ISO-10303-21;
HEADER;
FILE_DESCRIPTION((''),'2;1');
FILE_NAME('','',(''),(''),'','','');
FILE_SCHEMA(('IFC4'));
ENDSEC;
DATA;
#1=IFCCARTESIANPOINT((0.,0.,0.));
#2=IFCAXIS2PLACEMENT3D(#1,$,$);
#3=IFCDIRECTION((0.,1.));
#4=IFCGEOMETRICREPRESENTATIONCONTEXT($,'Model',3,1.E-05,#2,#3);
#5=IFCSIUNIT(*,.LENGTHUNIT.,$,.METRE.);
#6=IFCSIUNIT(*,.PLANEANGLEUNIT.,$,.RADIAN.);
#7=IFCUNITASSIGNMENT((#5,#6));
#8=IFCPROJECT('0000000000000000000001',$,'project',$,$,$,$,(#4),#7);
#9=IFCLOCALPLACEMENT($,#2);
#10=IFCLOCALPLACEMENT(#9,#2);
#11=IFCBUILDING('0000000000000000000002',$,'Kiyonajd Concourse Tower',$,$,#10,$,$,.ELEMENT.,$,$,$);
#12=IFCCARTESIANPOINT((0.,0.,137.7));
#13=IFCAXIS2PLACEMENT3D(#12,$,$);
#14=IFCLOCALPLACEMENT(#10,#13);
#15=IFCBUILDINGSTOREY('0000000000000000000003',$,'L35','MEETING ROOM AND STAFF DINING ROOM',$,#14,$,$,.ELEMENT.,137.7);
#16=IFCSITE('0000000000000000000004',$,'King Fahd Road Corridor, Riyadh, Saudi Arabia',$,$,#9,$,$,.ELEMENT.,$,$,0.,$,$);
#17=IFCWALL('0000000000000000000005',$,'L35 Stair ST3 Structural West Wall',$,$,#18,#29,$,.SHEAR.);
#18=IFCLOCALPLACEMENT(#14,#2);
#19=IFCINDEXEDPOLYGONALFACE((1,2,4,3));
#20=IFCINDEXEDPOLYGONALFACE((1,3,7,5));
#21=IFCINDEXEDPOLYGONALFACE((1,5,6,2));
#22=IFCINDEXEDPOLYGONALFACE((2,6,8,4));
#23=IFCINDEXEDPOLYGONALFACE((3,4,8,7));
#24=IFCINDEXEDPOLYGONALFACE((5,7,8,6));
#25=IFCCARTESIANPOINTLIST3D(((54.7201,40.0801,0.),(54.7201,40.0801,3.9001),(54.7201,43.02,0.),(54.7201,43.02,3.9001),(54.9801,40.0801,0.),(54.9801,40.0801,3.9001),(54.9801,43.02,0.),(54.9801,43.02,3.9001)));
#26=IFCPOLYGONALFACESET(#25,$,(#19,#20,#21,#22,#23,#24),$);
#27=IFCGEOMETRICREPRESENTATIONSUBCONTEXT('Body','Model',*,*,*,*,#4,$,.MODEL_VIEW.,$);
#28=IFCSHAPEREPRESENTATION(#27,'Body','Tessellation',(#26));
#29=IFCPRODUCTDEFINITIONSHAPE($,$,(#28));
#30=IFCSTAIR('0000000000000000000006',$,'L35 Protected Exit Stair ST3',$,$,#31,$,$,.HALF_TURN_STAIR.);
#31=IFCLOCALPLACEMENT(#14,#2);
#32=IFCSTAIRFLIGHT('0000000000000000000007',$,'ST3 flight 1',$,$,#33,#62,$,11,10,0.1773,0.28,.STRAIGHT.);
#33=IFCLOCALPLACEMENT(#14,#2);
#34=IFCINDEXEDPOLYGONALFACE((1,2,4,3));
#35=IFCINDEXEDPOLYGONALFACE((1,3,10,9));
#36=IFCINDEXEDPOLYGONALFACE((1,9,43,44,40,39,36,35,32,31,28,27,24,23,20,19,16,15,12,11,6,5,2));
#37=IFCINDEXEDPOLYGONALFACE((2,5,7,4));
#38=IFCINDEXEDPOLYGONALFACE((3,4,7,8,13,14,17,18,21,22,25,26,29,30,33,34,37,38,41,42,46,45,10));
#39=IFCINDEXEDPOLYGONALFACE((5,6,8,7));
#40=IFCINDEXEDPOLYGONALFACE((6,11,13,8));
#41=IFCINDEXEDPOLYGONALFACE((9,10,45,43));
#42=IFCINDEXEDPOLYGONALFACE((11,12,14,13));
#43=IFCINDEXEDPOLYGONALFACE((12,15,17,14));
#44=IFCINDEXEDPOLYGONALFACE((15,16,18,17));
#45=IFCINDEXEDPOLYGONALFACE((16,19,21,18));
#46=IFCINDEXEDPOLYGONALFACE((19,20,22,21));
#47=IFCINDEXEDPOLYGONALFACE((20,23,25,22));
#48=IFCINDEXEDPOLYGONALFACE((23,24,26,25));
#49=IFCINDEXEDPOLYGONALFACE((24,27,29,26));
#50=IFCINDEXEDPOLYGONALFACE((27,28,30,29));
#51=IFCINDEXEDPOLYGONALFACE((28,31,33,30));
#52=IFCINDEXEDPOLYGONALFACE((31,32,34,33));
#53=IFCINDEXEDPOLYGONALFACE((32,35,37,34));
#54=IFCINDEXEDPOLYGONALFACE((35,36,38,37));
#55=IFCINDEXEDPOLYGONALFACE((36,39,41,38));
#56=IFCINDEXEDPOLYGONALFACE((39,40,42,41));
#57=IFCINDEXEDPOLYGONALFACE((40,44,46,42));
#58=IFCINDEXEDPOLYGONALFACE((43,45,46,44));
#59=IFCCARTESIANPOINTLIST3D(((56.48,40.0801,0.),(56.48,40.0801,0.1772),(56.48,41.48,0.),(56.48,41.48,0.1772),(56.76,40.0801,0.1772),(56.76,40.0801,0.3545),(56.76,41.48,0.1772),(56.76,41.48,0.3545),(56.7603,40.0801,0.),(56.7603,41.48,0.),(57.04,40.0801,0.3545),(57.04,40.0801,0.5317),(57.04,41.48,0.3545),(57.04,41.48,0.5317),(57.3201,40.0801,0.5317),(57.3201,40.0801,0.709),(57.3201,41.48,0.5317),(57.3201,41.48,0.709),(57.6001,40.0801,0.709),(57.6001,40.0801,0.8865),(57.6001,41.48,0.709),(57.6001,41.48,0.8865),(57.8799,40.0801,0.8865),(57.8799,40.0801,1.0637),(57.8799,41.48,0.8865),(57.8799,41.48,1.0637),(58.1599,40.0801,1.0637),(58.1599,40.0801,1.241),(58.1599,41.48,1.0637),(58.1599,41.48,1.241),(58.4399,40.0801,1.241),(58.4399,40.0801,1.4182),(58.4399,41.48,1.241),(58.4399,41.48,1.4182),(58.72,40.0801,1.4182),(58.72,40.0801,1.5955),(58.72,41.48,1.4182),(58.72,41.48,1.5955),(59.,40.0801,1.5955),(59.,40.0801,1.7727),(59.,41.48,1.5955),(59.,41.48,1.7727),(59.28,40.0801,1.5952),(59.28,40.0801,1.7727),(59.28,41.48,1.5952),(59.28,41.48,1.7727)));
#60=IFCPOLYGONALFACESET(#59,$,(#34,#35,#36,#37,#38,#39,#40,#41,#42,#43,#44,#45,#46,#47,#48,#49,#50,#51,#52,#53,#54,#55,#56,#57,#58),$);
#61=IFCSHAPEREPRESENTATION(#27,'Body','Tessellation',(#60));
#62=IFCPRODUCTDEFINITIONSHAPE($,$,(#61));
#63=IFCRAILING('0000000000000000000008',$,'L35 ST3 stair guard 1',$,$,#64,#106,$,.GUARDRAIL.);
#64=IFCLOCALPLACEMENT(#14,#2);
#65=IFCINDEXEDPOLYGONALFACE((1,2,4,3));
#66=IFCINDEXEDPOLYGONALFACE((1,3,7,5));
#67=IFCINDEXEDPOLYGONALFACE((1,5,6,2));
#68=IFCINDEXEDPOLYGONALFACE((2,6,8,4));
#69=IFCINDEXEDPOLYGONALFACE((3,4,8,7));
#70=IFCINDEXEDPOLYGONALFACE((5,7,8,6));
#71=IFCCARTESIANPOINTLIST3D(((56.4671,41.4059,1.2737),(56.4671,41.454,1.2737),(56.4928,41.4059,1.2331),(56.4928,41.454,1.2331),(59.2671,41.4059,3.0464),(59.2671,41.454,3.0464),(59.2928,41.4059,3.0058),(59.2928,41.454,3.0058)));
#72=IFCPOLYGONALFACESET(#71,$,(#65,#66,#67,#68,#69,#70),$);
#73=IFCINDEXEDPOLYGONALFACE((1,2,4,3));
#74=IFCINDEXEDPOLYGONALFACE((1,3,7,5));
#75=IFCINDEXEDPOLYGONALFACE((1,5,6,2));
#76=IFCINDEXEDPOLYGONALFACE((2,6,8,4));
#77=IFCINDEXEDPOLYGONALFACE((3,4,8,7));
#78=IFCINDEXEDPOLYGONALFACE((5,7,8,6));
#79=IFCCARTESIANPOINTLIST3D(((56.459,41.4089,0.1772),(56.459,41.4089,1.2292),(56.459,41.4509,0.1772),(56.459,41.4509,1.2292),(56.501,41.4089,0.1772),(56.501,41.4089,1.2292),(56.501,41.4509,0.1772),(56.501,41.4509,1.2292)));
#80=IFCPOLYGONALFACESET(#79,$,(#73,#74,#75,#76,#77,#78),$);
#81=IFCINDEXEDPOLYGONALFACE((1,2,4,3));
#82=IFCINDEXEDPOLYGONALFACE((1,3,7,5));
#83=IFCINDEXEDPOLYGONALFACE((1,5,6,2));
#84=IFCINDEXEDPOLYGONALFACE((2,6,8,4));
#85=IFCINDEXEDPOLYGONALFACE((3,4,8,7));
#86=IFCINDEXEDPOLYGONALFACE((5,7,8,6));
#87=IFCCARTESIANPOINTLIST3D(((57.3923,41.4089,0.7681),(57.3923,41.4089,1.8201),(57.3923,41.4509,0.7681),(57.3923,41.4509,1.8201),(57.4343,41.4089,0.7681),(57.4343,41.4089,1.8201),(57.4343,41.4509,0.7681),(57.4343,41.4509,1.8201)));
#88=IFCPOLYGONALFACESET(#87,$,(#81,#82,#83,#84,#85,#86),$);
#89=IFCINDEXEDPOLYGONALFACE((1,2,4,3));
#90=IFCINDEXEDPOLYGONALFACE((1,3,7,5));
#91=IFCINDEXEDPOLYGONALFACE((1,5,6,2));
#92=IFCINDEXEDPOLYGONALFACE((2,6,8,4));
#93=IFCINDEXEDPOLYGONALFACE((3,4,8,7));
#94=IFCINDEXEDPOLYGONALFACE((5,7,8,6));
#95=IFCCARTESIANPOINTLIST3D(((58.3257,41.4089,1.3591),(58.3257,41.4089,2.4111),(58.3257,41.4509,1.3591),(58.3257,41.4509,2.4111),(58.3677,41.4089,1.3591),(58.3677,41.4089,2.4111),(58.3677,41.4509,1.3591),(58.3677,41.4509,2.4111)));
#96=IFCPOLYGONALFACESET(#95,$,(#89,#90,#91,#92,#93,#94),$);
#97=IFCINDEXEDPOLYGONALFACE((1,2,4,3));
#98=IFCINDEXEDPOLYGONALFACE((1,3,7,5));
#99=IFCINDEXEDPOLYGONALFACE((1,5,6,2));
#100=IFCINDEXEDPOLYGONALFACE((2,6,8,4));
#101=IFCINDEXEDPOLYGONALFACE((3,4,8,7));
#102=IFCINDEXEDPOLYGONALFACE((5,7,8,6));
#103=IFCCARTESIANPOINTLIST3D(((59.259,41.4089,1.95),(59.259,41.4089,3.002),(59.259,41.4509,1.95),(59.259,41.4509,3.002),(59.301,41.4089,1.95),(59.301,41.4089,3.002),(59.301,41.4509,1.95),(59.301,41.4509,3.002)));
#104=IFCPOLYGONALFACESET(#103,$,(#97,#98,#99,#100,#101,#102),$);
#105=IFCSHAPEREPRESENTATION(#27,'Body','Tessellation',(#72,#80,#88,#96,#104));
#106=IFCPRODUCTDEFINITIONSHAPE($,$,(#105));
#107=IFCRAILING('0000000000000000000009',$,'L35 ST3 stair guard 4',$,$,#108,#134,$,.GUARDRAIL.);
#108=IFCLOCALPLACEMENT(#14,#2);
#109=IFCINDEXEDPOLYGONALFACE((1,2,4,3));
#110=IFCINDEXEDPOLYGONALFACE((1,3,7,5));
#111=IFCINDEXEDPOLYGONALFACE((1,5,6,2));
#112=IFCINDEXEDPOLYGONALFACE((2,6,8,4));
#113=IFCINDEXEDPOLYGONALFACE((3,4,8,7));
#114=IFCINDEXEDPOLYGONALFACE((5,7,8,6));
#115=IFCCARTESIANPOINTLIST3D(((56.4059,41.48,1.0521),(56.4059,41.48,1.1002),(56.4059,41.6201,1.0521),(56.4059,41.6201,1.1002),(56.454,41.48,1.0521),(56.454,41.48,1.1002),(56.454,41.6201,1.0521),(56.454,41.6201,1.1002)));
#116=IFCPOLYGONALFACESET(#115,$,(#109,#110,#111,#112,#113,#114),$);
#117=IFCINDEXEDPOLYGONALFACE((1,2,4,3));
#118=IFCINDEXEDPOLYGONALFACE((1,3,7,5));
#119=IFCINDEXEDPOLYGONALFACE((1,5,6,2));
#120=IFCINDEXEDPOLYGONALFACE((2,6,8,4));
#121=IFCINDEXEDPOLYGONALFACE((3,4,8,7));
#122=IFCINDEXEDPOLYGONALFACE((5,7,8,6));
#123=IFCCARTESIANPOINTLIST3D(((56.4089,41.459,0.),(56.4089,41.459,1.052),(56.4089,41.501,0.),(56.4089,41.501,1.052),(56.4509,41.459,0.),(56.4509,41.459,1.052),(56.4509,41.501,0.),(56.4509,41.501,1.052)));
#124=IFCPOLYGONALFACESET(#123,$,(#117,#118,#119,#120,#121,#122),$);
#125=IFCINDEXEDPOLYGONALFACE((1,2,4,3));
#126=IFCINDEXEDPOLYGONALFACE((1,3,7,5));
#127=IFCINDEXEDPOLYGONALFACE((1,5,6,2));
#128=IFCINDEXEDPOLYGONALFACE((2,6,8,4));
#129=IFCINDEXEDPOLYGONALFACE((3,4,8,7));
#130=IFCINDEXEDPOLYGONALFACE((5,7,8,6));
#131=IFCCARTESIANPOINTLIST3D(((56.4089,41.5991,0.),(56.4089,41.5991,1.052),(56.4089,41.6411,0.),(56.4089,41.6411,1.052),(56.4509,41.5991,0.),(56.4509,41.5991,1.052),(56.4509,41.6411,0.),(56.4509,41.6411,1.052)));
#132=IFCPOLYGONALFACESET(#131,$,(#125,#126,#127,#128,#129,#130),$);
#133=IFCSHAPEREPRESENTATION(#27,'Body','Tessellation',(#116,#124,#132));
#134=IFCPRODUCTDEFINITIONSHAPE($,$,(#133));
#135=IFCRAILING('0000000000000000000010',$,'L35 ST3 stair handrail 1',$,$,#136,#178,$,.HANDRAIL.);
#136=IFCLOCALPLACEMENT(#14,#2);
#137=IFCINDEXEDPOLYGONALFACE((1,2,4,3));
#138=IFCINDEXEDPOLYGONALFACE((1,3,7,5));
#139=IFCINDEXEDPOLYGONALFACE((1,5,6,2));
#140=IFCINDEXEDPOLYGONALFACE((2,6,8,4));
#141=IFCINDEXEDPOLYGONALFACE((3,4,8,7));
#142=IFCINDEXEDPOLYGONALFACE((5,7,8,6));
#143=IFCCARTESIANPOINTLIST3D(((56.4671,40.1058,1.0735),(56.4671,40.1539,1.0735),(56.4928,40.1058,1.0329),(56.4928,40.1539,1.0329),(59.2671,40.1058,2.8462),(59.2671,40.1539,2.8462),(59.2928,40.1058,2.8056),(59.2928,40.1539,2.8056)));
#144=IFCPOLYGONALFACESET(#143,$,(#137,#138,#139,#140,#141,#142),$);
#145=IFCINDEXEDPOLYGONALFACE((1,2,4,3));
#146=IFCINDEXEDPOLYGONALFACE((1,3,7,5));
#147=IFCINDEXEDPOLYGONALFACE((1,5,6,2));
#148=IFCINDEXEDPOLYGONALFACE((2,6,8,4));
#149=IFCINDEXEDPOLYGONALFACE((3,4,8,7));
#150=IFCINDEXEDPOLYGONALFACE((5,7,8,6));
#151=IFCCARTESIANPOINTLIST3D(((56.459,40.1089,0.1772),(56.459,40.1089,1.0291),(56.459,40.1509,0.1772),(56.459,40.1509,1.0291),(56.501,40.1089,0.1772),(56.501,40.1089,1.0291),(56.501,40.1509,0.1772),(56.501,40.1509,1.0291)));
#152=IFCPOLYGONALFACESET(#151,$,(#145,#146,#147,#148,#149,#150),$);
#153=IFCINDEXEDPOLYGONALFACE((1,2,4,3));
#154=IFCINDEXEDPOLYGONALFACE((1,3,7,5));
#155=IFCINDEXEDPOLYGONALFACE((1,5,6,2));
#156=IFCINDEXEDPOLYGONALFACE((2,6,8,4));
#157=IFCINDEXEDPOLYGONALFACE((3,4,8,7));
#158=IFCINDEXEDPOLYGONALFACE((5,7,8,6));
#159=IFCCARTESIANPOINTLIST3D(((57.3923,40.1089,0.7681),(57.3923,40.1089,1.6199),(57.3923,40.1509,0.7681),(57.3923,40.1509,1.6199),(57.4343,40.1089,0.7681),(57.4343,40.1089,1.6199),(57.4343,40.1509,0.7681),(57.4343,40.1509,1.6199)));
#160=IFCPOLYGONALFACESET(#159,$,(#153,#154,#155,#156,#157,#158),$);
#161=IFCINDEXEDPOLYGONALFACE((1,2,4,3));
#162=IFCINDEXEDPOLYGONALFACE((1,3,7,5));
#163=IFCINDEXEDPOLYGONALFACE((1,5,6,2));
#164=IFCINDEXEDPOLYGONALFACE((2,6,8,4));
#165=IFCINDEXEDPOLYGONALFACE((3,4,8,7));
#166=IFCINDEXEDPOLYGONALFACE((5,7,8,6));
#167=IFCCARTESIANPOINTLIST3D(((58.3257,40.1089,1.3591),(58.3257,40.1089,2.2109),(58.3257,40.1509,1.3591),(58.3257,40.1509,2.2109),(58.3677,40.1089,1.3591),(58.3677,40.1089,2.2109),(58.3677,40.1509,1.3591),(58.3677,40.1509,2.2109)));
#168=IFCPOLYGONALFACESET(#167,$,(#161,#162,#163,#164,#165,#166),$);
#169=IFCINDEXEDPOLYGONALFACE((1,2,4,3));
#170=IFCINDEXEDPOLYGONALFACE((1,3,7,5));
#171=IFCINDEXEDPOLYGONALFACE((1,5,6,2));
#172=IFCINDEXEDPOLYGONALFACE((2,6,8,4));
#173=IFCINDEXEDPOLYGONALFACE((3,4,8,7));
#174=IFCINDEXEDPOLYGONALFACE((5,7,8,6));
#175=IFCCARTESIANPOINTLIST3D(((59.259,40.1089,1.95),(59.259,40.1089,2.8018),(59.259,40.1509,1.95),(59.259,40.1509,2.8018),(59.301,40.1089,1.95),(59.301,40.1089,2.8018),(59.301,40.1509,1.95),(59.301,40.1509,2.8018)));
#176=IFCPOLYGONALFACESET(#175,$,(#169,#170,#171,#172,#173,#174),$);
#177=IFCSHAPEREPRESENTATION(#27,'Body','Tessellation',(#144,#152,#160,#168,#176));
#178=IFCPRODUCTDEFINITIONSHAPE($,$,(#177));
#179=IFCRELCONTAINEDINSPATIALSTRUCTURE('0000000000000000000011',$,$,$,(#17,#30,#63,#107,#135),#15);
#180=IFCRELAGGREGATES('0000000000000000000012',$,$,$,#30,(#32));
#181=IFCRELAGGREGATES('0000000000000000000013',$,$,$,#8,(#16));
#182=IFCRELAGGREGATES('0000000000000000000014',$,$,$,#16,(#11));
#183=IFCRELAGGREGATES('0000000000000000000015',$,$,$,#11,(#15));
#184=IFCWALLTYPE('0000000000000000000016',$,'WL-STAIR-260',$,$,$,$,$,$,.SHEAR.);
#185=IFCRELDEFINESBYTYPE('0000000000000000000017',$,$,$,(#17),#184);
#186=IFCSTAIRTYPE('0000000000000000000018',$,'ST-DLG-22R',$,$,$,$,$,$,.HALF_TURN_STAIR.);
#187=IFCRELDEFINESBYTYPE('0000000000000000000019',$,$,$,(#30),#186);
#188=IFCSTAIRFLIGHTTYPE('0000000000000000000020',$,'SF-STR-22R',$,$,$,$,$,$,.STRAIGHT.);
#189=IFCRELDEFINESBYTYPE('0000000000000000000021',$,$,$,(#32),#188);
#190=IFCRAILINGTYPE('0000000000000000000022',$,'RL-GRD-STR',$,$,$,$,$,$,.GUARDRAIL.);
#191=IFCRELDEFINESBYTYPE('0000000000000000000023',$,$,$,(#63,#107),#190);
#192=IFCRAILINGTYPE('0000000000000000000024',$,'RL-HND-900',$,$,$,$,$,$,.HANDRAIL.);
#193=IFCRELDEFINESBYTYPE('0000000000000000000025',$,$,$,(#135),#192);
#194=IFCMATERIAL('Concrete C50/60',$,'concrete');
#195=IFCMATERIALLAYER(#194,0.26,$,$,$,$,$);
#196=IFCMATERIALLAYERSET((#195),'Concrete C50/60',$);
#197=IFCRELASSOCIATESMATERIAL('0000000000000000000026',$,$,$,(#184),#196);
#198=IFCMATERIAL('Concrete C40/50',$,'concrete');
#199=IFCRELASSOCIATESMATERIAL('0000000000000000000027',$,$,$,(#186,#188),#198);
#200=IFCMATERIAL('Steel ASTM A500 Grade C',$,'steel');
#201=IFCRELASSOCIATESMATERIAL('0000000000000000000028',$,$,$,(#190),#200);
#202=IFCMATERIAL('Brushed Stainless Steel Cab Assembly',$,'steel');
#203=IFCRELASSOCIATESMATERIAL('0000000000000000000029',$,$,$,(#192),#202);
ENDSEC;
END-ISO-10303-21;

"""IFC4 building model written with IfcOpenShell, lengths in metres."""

from ifc_helpers import new_model, si_unit, direction, frame, frame_2d, origin, origin_2d, place, context, subcontext, project, spatial, polyline, rectangle, outline, extrude, material, layer, layer_set, type_object, element, aggregate, save


model = new_model("IFC4")

# Units and contexts
model_context = context("Model", 3, precision=1e-05, world=origin(), true_north=direction((0.0, 1.0)))
body_context = subcontext(model_context, "Body", "Model", "MODEL_VIEW")
ifc_project = project(units=[si_unit("LENGTHUNIT", "METRE"), si_unit("PLANEANGLEUNIT", "RADIAN")], contexts=[model_context])

# Site, building, storey
site_placement = place(None, origin())
site = spatial("IfcSite", under=ifc_project, at=site_placement, Name="King Fahd Road Corridor, Riyadh, Saudi Arabia", CompositionType="ELEMENT", RefElevation=0.0)
building_placement = place(site_placement, origin())
building = spatial("IfcBuilding", under=site, at=building_placement, Name="Kiyonajd Concourse Tower", CompositionType="ELEMENT")
storey_placement = place(building_placement, frame((0.0, 0.0, 137.7)))
storey = spatial("IfcBuildingStorey", under=building, at=storey_placement, Name="L35", Description="MEETING ROOM AND STAFF DINING ROOM", CompositionType="ELEMENT", Elevation=137.7)

# Shared definitions
ifc_material_1 = material(Name="Concrete C50/60", Category="concrete")

# Shared definitions
ifc_material_2 = material(Name="Brushed Stainless Steel Cab Assembly", Category="steel")

# Shared definitions
ifc_layer_1 = layer(ifc_material_1, 0.26)
ifc_layer_set_1 = layer_set([ifc_layer_1], Name="Concrete C50/60")
wall_type_1 = type_object("IfcWallType", Name="WL-STAIR-260", PredefinedType="SHEAR", material=ifc_layer_set_1)

# Wall
wall_1_placement = place(storey_placement, frame((54.8501, 40.0801, 0.0), z_axis=(0.0, 0.0, 1.0), x_axis=(0.0, 1.0, 0.0)))
element("IfcWall", 1, at=wall_1_placement, inside=storey, type_object=wall_type_1, Name="L35 Stair ST3 Structural West Wall", PredefinedType="SHEAR", context=body_context, shape_type="SweptSolid", body=[
    extrude(rectangle(XDim=2.9399, YDim=0.26, at=frame_2d((1.47, 0.0))), origin(), (0.0, 0.0, 1.0), 3.9001),
])

# Stair, stair flight
ifc_material_3 = material(Name="Concrete C40/50", Category="concrete")
stair_type = type_object("IfcStairType", Name="ST-DLG-22R", PredefinedType="HALF_TURN_STAIR", material=ifc_material_3)
stair_placement = place(storey_placement, origin())
stair = element("IfcStair", 2, at=stair_placement, inside=storey, type_object=stair_type, Name="L35 Protected Exit Stair ST3", PredefinedType="HALF_TURN_STAIR")
stair_flight_type = type_object("IfcStairFlightType", Name="SF-STR-22R", PredefinedType="STRAIGHT", material=ifc_material_3)
stair_flight_placement = place(storey_placement, frame((56.48, 40.78, 0.0), z_axis=(0.0, 0.0, 1.0), x_axis=(1.0, 0.0, 0.0)))
stair_flight = element("IfcStairFlight", 3, at=stair_flight_placement, type_object=stair_flight_type, Name="ST3 flight 1", NumberOfRisers=11, NumberOfTreads=10, PredefinedType="STRAIGHT", RiserHeight=0.1773, TreadLength=0.28, context=body_context, shape_type="SweptSolid", body=[
    extrude(outline(polyline([(0.0, 0.0), (0.0, 0.1772), (0.28, 0.1772), (0.28, 0.3545), (0.5601, 0.3545), (0.5601, 0.5317), (0.8401, 0.5317), (0.8401, 0.709), (1.1201, 0.709), (1.1201, 0.8865), (1.3999, 0.8865), (1.3999, 1.0637), (1.6799, 1.0637), (1.6799, 1.241), (1.96, 1.241), (1.96, 1.4182), (2.24, 1.4182), (2.24, 1.5955), (2.52, 1.5955), (2.52, 1.7727), (2.8, 1.7727), (2.8, 1.95), (2.8, 1.5952), (0.2803, 0.0), (0.0, 0.0)])), frame((0.0, 0.7, 0.0), z_axis=(0.0, -1.0, 0.0), x_axis=(1.0, 0.0, 0.0)), (0.0, 0.0, 1.0), 1.3999),
])
aggregate(stair, [stair_flight])

# Railings
ifc_material_4 = material(Name="Steel ASTM A500 Grade C", Category="steel")
railing_type_1 = type_object("IfcRailingType", Name="RL-GRD-STR", PredefinedType="GUARDRAIL", material=ifc_material_4)
railing_1_placement = place(storey_placement, frame((56.48, 41.4299, 0.1772)))
element("IfcRailing", 4, at=railing_1_placement, inside=storey, type_object=railing_type_1, Name="L35 ST3 stair guard 1", PredefinedType="GUARDRAIL", context=body_context, shape_type="SweptSolid", body=[
    extrude(rectangle(XDim=0.0481, YDim=0.0481, at=origin_2d()), frame((0.0, 0.0, 1.0762), z_axis=(0.844909, 0.0, 0.53491), x_axis=(0.0, 1.0, 0.0)), (0.0, 0.0, 1.0), 3.314),
    extrude(rectangle(XDim=0.042, YDim=0.042, at=origin_2d()), origin(), (0.0, 0.0, 1.0), 1.052),
    extrude(rectangle(XDim=0.042, YDim=0.042, at=origin_2d()), frame((0.9333, 0.0, 0.5908)), (0.0, 0.0, 1.0), 1.052),
    extrude(rectangle(XDim=0.042, YDim=0.042, at=origin_2d()), frame((1.8667, 0.0, 1.1819)), (0.0, 0.0, 1.0), 1.052),
    extrude(rectangle(XDim=0.042, YDim=0.042, at=origin_2d()), frame((2.8, 0.0, 1.7727)), (0.0, 0.0, 1.0), 1.052),
])
railing_2_placement = place(storey_placement, frame((56.4299, 41.48, 0.0)))
element("IfcRailing", 5, at=railing_2_placement, inside=storey, type_object=railing_type_1, Name="L35 ST3 stair guard 4", PredefinedType="GUARDRAIL", context=body_context, shape_type="SweptSolid", body=[
    extrude(rectangle(XDim=0.0481, YDim=0.0481, at=origin_2d()), frame((0.0, 0.0, 1.0762), z_axis=(0.0, 1.0, 0.0), x_axis=(-1.0, 0.0, 0.0)), (0.0, 0.0, 1.0), 0.1401),
    extrude(rectangle(XDim=0.042, YDim=0.042, at=origin_2d()), origin(), (0.0, 0.0, 1.0), 1.052),
    extrude(rectangle(XDim=0.042, YDim=0.042, at=origin_2d()), frame((0.0, 0.1401, 0.0)), (0.0, 0.0, 1.0), 1.052),
])
railing_type_2 = type_object("IfcRailingType", Name="RL-HND-900", PredefinedType="HANDRAIL", material=ifc_material_2)
railing_3_placement = place(storey_placement, frame((56.48, 40.1299, 0.1772)))
element("IfcRailing", 6, at=railing_3_placement, inside=storey, type_object=railing_type_2, Name="L35 ST3 stair handrail 1", PredefinedType="HANDRAIL", context=body_context, shape_type="SweptSolid", body=[
    extrude(rectangle(XDim=0.0481, YDim=0.0481, at=origin_2d()), frame((0.0, 0.0, 0.876), z_axis=(0.844909, 0.0, 0.53491), x_axis=(0.0, 1.0, 0.0)), (0.0, 0.0, 1.0), 3.314),
    extrude(rectangle(XDim=0.042, YDim=0.042, at=origin_2d()), origin(), (0.0, 0.0, 1.0), 0.8518),
    extrude(rectangle(XDim=0.042, YDim=0.042, at=origin_2d()), frame((0.9333, 0.0, 0.5908)), (0.0, 0.0, 1.0), 0.8518),
    extrude(rectangle(XDim=0.042, YDim=0.042, at=origin_2d()), frame((1.8667, 0.0, 1.1819)), (0.0, 0.0, 1.0), 0.8518),
    extrude(rectangle(XDim=0.042, YDim=0.042, at=origin_2d()), frame((2.8, 0.0, 1.7727)), (0.0, 0.0, 1.0), 0.8518),
])

save(model, "model.ifc")
